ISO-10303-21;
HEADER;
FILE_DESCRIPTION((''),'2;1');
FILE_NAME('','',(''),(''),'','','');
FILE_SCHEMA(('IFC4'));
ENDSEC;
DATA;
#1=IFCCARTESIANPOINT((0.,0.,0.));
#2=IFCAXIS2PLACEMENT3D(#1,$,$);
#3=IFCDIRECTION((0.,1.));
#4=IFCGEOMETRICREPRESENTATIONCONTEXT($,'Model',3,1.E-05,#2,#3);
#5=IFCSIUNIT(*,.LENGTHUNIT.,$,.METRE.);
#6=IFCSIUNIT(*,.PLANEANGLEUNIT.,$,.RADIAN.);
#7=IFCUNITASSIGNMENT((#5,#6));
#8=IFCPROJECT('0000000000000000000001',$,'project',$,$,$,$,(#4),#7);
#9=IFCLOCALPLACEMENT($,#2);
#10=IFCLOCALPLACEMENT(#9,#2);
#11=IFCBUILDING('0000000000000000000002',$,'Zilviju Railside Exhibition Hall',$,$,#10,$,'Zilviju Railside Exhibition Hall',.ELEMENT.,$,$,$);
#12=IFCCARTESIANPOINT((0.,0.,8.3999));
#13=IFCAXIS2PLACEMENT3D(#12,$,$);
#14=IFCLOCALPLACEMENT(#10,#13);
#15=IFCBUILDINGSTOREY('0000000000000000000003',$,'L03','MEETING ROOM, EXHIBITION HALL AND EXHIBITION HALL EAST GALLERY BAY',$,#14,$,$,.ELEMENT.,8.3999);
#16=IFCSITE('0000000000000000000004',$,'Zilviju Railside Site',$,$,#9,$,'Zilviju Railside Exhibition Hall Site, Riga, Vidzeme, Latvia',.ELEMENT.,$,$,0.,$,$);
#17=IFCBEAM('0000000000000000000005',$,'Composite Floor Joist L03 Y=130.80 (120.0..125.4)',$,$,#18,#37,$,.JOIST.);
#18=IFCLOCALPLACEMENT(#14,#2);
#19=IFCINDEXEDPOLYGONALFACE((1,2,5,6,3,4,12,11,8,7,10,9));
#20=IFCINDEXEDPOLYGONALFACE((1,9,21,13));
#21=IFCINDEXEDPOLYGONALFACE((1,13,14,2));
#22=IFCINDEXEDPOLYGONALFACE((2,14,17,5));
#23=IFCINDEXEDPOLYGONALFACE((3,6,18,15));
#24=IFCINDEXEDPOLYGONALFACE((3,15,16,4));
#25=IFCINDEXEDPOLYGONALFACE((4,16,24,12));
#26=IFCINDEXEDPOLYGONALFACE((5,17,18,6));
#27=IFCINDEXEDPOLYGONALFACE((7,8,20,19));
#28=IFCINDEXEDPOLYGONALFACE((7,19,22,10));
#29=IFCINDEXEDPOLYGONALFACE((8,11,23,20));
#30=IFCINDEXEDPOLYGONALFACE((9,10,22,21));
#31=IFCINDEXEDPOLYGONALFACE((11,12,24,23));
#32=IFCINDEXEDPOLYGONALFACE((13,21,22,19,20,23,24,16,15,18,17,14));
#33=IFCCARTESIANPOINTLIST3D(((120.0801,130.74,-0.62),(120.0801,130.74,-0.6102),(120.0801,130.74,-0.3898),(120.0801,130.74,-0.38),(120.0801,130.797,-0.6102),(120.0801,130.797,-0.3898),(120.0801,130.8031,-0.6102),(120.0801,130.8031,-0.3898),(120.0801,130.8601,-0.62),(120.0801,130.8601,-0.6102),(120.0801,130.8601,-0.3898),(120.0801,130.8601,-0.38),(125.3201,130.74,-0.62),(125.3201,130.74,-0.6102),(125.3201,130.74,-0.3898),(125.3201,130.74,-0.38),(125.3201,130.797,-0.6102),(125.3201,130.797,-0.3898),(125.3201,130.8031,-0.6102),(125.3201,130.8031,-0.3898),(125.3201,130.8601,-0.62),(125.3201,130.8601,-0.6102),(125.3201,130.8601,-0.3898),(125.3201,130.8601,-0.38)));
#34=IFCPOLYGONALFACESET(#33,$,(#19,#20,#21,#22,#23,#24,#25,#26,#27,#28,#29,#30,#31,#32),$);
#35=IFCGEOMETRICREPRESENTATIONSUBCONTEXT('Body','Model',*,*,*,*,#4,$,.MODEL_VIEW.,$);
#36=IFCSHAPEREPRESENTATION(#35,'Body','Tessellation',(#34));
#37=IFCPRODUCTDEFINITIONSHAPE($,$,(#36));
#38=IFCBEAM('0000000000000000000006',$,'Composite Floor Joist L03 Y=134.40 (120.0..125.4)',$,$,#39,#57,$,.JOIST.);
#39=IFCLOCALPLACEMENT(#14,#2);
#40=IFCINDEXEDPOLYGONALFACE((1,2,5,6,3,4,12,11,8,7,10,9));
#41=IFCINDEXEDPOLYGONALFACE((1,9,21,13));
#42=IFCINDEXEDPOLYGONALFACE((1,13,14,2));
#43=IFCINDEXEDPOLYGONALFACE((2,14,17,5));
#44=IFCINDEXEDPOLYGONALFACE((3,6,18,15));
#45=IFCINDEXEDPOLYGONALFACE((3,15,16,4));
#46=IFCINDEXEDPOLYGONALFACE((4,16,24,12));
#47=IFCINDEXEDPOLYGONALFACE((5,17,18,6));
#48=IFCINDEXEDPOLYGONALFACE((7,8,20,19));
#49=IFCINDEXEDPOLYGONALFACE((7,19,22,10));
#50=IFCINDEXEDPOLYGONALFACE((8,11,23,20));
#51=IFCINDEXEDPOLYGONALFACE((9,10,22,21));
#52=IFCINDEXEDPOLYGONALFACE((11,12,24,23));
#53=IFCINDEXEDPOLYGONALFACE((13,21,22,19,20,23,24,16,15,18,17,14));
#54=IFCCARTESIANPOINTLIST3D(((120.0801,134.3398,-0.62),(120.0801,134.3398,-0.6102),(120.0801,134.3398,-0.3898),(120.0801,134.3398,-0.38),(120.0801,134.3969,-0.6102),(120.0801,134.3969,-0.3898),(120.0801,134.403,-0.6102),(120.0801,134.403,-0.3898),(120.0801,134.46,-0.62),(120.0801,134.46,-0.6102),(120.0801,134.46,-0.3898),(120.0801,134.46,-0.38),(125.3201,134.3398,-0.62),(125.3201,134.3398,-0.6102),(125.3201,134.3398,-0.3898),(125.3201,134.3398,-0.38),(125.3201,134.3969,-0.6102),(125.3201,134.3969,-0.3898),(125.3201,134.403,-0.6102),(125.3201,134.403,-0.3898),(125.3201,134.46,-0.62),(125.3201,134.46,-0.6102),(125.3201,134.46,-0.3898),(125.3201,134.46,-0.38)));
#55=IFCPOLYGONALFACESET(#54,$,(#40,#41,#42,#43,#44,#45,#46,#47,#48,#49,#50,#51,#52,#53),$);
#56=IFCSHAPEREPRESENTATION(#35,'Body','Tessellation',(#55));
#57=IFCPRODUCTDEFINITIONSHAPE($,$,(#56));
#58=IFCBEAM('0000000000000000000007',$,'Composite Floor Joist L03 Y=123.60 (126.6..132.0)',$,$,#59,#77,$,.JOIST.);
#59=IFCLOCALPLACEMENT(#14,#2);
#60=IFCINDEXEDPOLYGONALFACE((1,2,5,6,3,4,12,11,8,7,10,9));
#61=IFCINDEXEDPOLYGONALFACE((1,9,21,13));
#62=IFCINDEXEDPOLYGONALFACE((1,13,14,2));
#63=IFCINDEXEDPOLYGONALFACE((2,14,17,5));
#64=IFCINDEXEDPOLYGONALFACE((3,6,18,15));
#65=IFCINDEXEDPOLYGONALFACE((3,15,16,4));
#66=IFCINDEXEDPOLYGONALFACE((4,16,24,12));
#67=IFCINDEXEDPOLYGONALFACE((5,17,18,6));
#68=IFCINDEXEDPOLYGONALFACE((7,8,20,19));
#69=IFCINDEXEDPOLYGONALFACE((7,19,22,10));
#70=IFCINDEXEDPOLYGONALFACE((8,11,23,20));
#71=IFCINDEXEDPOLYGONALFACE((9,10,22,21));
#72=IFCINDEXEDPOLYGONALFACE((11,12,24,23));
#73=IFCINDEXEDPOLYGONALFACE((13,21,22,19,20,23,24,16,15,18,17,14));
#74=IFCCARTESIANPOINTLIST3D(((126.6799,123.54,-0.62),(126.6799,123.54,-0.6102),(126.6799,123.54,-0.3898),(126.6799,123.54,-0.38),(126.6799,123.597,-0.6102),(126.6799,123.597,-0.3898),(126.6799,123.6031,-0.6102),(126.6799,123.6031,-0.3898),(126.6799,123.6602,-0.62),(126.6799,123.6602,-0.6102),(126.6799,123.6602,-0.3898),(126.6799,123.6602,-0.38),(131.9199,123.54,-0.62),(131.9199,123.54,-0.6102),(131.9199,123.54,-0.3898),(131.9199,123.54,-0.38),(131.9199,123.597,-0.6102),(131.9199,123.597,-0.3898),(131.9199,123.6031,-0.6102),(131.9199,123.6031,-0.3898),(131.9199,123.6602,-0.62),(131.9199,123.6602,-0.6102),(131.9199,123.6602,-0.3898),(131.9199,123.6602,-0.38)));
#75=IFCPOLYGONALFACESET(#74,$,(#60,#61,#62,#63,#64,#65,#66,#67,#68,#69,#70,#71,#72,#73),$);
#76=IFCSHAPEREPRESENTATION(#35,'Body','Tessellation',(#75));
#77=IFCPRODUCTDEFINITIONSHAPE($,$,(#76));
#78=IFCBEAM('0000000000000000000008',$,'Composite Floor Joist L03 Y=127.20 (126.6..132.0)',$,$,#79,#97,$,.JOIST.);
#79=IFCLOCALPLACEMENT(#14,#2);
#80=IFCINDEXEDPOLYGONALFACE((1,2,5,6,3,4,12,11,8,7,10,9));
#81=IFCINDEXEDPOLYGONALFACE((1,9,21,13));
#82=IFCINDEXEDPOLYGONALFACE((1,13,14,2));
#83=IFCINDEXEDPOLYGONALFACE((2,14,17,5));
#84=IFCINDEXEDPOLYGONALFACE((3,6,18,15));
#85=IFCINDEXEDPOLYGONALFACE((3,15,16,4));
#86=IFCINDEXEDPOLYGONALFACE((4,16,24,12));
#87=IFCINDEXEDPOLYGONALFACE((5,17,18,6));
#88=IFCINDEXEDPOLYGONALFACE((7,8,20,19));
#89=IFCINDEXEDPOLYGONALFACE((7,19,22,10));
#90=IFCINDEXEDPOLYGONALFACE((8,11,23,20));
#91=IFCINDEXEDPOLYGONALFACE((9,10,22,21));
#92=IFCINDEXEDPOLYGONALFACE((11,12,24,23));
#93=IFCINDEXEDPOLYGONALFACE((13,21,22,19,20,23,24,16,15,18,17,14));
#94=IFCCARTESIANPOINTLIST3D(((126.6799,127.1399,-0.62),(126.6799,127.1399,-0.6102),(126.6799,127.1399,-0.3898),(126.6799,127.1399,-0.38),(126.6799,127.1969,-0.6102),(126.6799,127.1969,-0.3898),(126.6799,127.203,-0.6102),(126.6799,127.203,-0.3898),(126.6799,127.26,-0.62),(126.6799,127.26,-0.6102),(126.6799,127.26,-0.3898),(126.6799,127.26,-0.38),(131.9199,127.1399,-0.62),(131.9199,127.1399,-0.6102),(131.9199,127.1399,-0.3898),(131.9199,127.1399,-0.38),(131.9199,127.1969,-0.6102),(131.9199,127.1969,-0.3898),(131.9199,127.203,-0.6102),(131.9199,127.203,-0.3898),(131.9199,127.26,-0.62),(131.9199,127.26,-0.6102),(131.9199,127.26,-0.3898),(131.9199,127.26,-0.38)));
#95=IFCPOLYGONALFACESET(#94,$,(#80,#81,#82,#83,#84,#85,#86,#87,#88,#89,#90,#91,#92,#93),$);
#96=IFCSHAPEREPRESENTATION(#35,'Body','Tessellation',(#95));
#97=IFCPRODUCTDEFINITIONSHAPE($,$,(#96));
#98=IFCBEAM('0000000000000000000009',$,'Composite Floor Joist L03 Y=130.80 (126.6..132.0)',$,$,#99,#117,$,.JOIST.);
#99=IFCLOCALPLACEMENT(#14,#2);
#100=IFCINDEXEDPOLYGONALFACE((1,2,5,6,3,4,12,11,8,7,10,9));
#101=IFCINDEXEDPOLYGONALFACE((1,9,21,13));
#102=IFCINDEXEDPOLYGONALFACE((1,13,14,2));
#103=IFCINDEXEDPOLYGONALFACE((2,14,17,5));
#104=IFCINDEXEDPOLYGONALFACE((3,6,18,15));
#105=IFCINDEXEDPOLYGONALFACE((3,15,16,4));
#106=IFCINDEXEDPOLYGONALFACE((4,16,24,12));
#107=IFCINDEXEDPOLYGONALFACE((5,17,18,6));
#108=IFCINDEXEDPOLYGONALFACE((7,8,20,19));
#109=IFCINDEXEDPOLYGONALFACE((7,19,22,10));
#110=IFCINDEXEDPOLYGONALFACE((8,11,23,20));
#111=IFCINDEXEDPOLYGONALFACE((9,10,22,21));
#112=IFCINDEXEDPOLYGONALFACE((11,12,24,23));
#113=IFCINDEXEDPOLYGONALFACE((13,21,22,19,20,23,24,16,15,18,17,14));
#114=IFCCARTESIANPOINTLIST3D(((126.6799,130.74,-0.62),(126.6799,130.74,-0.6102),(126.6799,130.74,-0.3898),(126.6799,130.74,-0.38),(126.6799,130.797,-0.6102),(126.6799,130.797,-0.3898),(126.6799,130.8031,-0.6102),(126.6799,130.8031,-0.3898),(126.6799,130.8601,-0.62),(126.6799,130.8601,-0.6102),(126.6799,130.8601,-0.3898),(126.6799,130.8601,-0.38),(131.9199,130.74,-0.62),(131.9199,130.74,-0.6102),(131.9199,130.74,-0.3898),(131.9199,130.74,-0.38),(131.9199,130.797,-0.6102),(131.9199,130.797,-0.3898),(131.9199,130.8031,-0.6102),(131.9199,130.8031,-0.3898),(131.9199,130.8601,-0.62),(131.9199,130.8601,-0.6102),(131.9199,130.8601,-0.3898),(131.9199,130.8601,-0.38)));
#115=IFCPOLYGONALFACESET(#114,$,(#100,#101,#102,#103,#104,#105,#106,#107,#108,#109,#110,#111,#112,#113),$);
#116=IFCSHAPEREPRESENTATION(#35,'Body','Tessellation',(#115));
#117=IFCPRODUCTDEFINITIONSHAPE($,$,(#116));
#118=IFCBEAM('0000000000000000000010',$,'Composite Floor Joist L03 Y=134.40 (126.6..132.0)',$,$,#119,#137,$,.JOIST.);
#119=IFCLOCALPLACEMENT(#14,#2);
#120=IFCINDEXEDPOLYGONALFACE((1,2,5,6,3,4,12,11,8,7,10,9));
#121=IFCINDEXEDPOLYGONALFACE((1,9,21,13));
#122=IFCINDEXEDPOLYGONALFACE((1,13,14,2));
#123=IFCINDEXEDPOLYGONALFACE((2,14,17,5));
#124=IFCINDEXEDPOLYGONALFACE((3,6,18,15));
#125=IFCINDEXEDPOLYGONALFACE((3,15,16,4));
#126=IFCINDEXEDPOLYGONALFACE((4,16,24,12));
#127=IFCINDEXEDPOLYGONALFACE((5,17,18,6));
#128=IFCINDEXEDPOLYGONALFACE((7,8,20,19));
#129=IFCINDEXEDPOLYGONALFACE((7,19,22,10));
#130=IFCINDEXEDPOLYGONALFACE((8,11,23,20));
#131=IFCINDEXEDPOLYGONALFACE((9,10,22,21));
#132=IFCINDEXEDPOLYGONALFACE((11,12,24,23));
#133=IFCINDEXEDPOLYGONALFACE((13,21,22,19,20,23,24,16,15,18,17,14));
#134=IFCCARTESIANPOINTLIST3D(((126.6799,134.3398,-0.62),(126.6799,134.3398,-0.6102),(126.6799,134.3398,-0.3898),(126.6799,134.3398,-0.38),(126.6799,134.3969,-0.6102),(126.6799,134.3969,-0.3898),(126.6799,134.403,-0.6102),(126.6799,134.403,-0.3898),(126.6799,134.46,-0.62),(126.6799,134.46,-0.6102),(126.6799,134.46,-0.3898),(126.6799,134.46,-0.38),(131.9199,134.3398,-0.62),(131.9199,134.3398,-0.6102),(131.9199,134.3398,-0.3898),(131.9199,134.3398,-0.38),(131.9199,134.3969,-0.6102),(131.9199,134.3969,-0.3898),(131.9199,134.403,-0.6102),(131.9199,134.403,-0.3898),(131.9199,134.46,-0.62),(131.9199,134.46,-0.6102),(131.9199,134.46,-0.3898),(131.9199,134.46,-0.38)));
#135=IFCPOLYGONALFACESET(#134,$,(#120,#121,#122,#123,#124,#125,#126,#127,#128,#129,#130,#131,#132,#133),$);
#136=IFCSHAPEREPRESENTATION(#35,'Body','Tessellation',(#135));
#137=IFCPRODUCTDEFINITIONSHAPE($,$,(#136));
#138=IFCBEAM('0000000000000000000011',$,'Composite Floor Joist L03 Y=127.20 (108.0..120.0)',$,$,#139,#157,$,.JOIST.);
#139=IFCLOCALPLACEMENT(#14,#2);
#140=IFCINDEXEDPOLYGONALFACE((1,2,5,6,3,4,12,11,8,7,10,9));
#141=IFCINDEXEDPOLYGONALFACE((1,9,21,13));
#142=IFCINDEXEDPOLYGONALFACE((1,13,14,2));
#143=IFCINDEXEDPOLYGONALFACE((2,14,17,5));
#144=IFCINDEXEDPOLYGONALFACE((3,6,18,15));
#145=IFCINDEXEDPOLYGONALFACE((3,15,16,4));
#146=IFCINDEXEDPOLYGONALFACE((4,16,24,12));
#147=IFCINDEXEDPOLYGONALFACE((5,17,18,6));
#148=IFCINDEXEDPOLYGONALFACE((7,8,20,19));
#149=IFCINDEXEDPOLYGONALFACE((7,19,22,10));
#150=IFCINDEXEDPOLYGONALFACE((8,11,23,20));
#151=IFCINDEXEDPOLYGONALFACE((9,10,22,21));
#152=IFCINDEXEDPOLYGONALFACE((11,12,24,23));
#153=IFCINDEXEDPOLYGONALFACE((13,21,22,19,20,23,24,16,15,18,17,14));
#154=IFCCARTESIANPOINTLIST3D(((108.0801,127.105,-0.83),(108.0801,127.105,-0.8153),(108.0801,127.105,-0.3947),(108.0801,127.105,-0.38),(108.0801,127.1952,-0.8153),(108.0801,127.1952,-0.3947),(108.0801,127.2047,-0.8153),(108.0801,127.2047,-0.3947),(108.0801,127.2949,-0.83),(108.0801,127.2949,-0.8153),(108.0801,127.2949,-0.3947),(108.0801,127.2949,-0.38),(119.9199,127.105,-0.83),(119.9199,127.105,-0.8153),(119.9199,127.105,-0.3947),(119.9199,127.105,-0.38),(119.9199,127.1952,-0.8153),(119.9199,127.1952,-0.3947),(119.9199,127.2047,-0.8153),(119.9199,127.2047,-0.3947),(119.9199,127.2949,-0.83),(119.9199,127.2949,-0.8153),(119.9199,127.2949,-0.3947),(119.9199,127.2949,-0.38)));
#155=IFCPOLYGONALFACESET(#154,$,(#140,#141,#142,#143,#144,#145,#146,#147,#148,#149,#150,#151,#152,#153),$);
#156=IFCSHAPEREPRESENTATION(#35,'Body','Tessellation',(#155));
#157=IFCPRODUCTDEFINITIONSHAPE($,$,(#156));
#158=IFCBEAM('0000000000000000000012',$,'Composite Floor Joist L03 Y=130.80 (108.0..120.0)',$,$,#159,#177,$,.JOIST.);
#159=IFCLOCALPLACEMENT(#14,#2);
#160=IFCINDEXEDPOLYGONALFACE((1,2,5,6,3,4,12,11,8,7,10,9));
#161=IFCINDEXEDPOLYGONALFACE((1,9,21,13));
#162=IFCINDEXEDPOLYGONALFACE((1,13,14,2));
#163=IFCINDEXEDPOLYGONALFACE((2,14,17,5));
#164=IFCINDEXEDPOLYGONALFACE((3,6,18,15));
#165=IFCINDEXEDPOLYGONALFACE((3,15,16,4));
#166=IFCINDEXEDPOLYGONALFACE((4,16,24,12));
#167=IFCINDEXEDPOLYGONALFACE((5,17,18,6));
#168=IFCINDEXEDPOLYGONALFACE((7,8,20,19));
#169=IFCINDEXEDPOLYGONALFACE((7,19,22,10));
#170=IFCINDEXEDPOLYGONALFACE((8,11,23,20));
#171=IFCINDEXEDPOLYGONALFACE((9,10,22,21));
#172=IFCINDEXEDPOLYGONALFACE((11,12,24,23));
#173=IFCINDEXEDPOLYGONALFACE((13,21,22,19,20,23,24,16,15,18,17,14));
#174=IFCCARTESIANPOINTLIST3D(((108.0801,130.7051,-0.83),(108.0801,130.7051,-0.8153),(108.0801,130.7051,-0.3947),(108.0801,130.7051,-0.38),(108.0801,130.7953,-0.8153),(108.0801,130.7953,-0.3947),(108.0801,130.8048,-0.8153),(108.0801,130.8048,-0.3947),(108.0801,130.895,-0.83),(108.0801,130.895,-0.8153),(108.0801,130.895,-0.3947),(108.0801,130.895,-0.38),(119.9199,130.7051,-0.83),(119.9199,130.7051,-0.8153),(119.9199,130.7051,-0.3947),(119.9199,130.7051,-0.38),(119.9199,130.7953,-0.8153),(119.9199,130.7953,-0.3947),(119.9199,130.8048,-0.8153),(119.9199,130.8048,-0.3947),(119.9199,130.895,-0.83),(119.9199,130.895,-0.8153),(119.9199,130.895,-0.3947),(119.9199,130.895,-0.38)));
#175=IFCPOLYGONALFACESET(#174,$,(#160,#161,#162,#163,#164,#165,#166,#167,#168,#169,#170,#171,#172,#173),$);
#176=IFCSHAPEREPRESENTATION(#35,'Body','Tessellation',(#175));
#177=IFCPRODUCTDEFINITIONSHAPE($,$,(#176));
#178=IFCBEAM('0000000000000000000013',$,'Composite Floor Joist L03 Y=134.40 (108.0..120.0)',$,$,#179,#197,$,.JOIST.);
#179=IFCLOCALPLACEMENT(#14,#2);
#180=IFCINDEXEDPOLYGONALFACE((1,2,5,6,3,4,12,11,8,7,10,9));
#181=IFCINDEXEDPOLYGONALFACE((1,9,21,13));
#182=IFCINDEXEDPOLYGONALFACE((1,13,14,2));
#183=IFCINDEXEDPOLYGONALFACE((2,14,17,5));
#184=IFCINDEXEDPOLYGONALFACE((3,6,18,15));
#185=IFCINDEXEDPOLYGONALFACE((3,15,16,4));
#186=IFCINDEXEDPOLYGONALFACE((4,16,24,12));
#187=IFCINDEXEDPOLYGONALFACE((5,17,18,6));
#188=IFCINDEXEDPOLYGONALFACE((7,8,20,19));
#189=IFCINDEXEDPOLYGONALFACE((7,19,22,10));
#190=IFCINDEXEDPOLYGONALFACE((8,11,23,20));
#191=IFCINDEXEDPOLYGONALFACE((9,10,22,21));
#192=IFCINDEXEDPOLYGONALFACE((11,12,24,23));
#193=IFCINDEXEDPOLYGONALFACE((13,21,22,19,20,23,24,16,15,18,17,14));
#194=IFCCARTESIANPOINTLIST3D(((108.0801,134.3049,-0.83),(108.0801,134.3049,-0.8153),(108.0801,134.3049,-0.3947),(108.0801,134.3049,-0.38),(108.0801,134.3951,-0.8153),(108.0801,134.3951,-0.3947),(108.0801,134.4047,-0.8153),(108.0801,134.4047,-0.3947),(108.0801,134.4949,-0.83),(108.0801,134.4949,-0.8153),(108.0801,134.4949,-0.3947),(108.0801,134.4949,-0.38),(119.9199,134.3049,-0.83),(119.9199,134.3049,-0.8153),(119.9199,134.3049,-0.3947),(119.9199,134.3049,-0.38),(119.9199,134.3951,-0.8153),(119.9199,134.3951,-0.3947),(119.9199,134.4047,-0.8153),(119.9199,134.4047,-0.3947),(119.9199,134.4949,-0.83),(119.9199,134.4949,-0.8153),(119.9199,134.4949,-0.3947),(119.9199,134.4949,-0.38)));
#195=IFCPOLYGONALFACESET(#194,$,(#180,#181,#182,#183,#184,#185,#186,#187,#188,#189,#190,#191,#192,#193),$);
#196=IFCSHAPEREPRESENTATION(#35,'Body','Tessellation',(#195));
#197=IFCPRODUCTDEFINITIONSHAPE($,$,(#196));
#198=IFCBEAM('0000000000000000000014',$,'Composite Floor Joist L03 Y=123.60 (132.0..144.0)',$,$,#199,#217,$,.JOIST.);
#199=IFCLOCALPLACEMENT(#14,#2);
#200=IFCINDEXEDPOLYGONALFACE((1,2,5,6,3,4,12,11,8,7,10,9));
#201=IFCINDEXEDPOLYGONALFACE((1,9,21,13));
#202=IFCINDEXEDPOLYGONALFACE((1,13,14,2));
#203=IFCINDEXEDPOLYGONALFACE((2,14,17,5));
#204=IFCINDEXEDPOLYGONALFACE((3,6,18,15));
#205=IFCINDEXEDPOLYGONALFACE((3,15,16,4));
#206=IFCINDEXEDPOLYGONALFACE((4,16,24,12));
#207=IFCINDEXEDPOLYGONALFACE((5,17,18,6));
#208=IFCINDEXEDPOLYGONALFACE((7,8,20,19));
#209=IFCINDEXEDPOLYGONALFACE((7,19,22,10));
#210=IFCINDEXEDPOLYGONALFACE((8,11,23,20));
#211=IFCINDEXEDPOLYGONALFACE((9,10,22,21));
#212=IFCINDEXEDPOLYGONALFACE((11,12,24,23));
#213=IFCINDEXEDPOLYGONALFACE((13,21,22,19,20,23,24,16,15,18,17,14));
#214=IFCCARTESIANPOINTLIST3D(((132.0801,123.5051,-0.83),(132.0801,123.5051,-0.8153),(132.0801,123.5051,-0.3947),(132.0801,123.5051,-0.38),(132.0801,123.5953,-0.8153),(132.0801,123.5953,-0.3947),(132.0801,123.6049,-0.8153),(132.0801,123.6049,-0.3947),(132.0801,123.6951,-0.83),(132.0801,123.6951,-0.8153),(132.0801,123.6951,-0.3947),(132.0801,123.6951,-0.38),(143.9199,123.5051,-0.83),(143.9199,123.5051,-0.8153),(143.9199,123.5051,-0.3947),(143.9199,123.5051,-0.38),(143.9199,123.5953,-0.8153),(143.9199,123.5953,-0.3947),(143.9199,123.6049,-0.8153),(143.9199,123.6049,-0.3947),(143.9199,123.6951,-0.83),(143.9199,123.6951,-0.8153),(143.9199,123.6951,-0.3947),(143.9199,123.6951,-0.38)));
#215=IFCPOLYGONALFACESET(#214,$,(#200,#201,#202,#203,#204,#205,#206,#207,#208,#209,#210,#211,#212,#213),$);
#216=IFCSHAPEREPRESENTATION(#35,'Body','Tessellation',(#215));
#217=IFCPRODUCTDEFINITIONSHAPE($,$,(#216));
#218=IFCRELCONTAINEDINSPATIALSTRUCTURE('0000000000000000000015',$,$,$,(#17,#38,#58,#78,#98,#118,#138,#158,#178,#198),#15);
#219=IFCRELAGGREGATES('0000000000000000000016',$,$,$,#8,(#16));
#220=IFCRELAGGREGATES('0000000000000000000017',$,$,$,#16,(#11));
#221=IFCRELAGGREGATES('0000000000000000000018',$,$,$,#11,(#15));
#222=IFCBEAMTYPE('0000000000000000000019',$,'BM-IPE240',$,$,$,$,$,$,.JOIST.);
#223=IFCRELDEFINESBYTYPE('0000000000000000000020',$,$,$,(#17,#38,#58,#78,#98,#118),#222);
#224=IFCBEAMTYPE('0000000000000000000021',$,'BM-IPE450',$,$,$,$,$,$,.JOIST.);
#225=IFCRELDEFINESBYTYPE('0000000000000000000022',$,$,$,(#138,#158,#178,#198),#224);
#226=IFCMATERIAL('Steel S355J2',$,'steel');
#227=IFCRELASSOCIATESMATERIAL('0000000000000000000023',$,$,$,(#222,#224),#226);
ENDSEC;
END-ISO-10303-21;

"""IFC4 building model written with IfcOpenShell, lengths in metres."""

from ifc_helpers import new_model, si_unit, direction, frame, origin, origin_2d, place, context, subcontext, project, spatial, i_section, extrude, material, material_profile, profile_set, type_object, element, save


model = new_model("IFC4")

# Units and contexts
model_context = context("Model", 3, precision=1e-05, world=origin(), true_north=direction((0.0, 1.0)))
body_context = subcontext(model_context, "Body", "Model", "MODEL_VIEW")
ifc_project = project(units=[si_unit("LENGTHUNIT", "METRE"), si_unit("PLANEANGLEUNIT", "RADIAN")], contexts=[model_context])

# Site, building, storey
site_placement = place(None, origin())
site = spatial("IfcSite", under=ifc_project, at=site_placement, Name="Zilviju Railside Site", LongName="Zilviju Railside Exhibition Hall Site, Riga, Vidzeme, Latvia", CompositionType="ELEMENT", RefElevation=0.0)
building_placement = place(site_placement, origin())
building = spatial("IfcBuilding", under=site, at=building_placement, Name="Zilviju Railside Exhibition Hall", LongName="Zilviju Railside Exhibition Hall", CompositionType="ELEMENT")
storey_placement = place(building_placement, frame((0.0, 0.0, 8.3999)))
storey = spatial("IfcBuildingStorey", under=building, at=storey_placement, Name="L03", Description="MEETING ROOM, EXHIBITION HALL AND EXHIBITION HALL EAST GALLERY BAY", CompositionType="ELEMENT", Elevation=8.3999)

# Beams
ifc_material = material(Name="Steel S355J2", Category="steel")
ifc_material_profile_1 = material_profile(ifc_material, i_section(OverallWidth=0.1201, OverallDepth=0.24, WebThickness=0.0061, FlangeThickness=0.0098, at=origin_2d()), Name="IPE 240")
ifc_profile_set_1 = profile_set([ifc_material_profile_1], Name="Steel S355J2")
beam_type_1 = type_object("IfcBeamType", Name="BM-IPE240", PredefinedType="JOIST", material=ifc_profile_set_1)
for number, where, z_axis, x_axis, name in (
    (1, (120.0801, 130.8, -0.5), (1.0, 0.0, 0.0), (0.0, 1.0, 0.0), "Composite Floor Joist L03 Y=130.80 (120.0..125.4)"),
    (2, (120.0801, 134.3999, -0.5), (1.0, 0.0, 0.0), (0.0, 1.0, 0.0), "Composite Floor Joist L03 Y=134.40 (120.0..125.4)"),
    (3, (126.6799, 123.6001, -0.5), (1.0, 0.0, 0.0), (0.0, 1.0, 0.0), "Composite Floor Joist L03 Y=123.60 (126.6..132.0)"),
    (4, (126.6799, 127.2, -0.5), (1.0, 0.0, 0.0), (0.0, 1.0, 0.0), "Composite Floor Joist L03 Y=127.20 (126.6..132.0)"),
    (5, (126.6799, 130.8, -0.5), (1.0, 0.0, 0.0), (0.0, 1.0, 0.0), "Composite Floor Joist L03 Y=130.80 (126.6..132.0)"),
    (6, (126.6799, 134.3999, -0.5), (1.0, 0.0, 0.0), (0.0, 1.0, 0.0), "Composite Floor Joist L03 Y=134.40 (126.6..132.0)"),
):
    element("IfcBeam", number, at=place(storey_placement, frame(where, z_axis=z_axis, x_axis=x_axis)), inside=storey, type_object=beam_type_1, Name=name, PredefinedType="JOIST", context=body_context, shape_type="SweptSolid", body=[
        extrude(i_section(OverallWidth=0.1201, OverallDepth=0.24, WebThickness=0.0061, FlangeThickness=0.0098, at=origin_2d()), origin(), (0.0, 0.0, 1.0), 5.24),
    ])
ifc_material_profile_2 = material_profile(ifc_material, i_section(OverallWidth=0.1899, OverallDepth=0.45, WebThickness=0.0095, FlangeThickness=0.0146, at=origin_2d()), Name="IPE 450")
ifc_profile_set_2 = profile_set([ifc_material_profile_2], Name="Steel S355J2")
beam_type_2 = type_object("IfcBeamType", Name="BM-IPE450", PredefinedType="JOIST", material=ifc_profile_set_2)
for number, where, z_axis, x_axis, name in (
    (7, (108.0801, 127.2, -0.605), (1.0, 0.0, 0.0), (0.0, 1.0, 0.0), "Composite Floor Joist L03 Y=127.20 (108.0..120.0)"),
    (8, (108.0801, 130.8, -0.605), (1.0, 0.0, 0.0), (0.0, 1.0, 0.0), "Composite Floor Joist L03 Y=130.80 (108.0..120.0)"),
    (9, (108.0801, 134.3999, -0.605), (1.0, 0.0, 0.0), (0.0, 1.0, 0.0), "Composite Floor Joist L03 Y=134.40 (108.0..120.0)"),
    (10, (132.0801, 123.6001, -0.605), (1.0, 0.0, 0.0), (0.0, 1.0, 0.0), "Composite Floor Joist L03 Y=123.60 (132.0..144.0)"),
):
    element("IfcBeam", number, at=place(storey_placement, frame(where, z_axis=z_axis, x_axis=x_axis)), inside=storey, type_object=beam_type_2, Name=name, PredefinedType="JOIST", context=body_context, shape_type="SweptSolid", body=[
        extrude(i_section(OverallWidth=0.1899, OverallDepth=0.45, WebThickness=0.0095, FlangeThickness=0.0146, at=origin_2d()), origin(), (0.0, 0.0, 1.0), 11.8398),
    ])

save(model, "model.ifc")
